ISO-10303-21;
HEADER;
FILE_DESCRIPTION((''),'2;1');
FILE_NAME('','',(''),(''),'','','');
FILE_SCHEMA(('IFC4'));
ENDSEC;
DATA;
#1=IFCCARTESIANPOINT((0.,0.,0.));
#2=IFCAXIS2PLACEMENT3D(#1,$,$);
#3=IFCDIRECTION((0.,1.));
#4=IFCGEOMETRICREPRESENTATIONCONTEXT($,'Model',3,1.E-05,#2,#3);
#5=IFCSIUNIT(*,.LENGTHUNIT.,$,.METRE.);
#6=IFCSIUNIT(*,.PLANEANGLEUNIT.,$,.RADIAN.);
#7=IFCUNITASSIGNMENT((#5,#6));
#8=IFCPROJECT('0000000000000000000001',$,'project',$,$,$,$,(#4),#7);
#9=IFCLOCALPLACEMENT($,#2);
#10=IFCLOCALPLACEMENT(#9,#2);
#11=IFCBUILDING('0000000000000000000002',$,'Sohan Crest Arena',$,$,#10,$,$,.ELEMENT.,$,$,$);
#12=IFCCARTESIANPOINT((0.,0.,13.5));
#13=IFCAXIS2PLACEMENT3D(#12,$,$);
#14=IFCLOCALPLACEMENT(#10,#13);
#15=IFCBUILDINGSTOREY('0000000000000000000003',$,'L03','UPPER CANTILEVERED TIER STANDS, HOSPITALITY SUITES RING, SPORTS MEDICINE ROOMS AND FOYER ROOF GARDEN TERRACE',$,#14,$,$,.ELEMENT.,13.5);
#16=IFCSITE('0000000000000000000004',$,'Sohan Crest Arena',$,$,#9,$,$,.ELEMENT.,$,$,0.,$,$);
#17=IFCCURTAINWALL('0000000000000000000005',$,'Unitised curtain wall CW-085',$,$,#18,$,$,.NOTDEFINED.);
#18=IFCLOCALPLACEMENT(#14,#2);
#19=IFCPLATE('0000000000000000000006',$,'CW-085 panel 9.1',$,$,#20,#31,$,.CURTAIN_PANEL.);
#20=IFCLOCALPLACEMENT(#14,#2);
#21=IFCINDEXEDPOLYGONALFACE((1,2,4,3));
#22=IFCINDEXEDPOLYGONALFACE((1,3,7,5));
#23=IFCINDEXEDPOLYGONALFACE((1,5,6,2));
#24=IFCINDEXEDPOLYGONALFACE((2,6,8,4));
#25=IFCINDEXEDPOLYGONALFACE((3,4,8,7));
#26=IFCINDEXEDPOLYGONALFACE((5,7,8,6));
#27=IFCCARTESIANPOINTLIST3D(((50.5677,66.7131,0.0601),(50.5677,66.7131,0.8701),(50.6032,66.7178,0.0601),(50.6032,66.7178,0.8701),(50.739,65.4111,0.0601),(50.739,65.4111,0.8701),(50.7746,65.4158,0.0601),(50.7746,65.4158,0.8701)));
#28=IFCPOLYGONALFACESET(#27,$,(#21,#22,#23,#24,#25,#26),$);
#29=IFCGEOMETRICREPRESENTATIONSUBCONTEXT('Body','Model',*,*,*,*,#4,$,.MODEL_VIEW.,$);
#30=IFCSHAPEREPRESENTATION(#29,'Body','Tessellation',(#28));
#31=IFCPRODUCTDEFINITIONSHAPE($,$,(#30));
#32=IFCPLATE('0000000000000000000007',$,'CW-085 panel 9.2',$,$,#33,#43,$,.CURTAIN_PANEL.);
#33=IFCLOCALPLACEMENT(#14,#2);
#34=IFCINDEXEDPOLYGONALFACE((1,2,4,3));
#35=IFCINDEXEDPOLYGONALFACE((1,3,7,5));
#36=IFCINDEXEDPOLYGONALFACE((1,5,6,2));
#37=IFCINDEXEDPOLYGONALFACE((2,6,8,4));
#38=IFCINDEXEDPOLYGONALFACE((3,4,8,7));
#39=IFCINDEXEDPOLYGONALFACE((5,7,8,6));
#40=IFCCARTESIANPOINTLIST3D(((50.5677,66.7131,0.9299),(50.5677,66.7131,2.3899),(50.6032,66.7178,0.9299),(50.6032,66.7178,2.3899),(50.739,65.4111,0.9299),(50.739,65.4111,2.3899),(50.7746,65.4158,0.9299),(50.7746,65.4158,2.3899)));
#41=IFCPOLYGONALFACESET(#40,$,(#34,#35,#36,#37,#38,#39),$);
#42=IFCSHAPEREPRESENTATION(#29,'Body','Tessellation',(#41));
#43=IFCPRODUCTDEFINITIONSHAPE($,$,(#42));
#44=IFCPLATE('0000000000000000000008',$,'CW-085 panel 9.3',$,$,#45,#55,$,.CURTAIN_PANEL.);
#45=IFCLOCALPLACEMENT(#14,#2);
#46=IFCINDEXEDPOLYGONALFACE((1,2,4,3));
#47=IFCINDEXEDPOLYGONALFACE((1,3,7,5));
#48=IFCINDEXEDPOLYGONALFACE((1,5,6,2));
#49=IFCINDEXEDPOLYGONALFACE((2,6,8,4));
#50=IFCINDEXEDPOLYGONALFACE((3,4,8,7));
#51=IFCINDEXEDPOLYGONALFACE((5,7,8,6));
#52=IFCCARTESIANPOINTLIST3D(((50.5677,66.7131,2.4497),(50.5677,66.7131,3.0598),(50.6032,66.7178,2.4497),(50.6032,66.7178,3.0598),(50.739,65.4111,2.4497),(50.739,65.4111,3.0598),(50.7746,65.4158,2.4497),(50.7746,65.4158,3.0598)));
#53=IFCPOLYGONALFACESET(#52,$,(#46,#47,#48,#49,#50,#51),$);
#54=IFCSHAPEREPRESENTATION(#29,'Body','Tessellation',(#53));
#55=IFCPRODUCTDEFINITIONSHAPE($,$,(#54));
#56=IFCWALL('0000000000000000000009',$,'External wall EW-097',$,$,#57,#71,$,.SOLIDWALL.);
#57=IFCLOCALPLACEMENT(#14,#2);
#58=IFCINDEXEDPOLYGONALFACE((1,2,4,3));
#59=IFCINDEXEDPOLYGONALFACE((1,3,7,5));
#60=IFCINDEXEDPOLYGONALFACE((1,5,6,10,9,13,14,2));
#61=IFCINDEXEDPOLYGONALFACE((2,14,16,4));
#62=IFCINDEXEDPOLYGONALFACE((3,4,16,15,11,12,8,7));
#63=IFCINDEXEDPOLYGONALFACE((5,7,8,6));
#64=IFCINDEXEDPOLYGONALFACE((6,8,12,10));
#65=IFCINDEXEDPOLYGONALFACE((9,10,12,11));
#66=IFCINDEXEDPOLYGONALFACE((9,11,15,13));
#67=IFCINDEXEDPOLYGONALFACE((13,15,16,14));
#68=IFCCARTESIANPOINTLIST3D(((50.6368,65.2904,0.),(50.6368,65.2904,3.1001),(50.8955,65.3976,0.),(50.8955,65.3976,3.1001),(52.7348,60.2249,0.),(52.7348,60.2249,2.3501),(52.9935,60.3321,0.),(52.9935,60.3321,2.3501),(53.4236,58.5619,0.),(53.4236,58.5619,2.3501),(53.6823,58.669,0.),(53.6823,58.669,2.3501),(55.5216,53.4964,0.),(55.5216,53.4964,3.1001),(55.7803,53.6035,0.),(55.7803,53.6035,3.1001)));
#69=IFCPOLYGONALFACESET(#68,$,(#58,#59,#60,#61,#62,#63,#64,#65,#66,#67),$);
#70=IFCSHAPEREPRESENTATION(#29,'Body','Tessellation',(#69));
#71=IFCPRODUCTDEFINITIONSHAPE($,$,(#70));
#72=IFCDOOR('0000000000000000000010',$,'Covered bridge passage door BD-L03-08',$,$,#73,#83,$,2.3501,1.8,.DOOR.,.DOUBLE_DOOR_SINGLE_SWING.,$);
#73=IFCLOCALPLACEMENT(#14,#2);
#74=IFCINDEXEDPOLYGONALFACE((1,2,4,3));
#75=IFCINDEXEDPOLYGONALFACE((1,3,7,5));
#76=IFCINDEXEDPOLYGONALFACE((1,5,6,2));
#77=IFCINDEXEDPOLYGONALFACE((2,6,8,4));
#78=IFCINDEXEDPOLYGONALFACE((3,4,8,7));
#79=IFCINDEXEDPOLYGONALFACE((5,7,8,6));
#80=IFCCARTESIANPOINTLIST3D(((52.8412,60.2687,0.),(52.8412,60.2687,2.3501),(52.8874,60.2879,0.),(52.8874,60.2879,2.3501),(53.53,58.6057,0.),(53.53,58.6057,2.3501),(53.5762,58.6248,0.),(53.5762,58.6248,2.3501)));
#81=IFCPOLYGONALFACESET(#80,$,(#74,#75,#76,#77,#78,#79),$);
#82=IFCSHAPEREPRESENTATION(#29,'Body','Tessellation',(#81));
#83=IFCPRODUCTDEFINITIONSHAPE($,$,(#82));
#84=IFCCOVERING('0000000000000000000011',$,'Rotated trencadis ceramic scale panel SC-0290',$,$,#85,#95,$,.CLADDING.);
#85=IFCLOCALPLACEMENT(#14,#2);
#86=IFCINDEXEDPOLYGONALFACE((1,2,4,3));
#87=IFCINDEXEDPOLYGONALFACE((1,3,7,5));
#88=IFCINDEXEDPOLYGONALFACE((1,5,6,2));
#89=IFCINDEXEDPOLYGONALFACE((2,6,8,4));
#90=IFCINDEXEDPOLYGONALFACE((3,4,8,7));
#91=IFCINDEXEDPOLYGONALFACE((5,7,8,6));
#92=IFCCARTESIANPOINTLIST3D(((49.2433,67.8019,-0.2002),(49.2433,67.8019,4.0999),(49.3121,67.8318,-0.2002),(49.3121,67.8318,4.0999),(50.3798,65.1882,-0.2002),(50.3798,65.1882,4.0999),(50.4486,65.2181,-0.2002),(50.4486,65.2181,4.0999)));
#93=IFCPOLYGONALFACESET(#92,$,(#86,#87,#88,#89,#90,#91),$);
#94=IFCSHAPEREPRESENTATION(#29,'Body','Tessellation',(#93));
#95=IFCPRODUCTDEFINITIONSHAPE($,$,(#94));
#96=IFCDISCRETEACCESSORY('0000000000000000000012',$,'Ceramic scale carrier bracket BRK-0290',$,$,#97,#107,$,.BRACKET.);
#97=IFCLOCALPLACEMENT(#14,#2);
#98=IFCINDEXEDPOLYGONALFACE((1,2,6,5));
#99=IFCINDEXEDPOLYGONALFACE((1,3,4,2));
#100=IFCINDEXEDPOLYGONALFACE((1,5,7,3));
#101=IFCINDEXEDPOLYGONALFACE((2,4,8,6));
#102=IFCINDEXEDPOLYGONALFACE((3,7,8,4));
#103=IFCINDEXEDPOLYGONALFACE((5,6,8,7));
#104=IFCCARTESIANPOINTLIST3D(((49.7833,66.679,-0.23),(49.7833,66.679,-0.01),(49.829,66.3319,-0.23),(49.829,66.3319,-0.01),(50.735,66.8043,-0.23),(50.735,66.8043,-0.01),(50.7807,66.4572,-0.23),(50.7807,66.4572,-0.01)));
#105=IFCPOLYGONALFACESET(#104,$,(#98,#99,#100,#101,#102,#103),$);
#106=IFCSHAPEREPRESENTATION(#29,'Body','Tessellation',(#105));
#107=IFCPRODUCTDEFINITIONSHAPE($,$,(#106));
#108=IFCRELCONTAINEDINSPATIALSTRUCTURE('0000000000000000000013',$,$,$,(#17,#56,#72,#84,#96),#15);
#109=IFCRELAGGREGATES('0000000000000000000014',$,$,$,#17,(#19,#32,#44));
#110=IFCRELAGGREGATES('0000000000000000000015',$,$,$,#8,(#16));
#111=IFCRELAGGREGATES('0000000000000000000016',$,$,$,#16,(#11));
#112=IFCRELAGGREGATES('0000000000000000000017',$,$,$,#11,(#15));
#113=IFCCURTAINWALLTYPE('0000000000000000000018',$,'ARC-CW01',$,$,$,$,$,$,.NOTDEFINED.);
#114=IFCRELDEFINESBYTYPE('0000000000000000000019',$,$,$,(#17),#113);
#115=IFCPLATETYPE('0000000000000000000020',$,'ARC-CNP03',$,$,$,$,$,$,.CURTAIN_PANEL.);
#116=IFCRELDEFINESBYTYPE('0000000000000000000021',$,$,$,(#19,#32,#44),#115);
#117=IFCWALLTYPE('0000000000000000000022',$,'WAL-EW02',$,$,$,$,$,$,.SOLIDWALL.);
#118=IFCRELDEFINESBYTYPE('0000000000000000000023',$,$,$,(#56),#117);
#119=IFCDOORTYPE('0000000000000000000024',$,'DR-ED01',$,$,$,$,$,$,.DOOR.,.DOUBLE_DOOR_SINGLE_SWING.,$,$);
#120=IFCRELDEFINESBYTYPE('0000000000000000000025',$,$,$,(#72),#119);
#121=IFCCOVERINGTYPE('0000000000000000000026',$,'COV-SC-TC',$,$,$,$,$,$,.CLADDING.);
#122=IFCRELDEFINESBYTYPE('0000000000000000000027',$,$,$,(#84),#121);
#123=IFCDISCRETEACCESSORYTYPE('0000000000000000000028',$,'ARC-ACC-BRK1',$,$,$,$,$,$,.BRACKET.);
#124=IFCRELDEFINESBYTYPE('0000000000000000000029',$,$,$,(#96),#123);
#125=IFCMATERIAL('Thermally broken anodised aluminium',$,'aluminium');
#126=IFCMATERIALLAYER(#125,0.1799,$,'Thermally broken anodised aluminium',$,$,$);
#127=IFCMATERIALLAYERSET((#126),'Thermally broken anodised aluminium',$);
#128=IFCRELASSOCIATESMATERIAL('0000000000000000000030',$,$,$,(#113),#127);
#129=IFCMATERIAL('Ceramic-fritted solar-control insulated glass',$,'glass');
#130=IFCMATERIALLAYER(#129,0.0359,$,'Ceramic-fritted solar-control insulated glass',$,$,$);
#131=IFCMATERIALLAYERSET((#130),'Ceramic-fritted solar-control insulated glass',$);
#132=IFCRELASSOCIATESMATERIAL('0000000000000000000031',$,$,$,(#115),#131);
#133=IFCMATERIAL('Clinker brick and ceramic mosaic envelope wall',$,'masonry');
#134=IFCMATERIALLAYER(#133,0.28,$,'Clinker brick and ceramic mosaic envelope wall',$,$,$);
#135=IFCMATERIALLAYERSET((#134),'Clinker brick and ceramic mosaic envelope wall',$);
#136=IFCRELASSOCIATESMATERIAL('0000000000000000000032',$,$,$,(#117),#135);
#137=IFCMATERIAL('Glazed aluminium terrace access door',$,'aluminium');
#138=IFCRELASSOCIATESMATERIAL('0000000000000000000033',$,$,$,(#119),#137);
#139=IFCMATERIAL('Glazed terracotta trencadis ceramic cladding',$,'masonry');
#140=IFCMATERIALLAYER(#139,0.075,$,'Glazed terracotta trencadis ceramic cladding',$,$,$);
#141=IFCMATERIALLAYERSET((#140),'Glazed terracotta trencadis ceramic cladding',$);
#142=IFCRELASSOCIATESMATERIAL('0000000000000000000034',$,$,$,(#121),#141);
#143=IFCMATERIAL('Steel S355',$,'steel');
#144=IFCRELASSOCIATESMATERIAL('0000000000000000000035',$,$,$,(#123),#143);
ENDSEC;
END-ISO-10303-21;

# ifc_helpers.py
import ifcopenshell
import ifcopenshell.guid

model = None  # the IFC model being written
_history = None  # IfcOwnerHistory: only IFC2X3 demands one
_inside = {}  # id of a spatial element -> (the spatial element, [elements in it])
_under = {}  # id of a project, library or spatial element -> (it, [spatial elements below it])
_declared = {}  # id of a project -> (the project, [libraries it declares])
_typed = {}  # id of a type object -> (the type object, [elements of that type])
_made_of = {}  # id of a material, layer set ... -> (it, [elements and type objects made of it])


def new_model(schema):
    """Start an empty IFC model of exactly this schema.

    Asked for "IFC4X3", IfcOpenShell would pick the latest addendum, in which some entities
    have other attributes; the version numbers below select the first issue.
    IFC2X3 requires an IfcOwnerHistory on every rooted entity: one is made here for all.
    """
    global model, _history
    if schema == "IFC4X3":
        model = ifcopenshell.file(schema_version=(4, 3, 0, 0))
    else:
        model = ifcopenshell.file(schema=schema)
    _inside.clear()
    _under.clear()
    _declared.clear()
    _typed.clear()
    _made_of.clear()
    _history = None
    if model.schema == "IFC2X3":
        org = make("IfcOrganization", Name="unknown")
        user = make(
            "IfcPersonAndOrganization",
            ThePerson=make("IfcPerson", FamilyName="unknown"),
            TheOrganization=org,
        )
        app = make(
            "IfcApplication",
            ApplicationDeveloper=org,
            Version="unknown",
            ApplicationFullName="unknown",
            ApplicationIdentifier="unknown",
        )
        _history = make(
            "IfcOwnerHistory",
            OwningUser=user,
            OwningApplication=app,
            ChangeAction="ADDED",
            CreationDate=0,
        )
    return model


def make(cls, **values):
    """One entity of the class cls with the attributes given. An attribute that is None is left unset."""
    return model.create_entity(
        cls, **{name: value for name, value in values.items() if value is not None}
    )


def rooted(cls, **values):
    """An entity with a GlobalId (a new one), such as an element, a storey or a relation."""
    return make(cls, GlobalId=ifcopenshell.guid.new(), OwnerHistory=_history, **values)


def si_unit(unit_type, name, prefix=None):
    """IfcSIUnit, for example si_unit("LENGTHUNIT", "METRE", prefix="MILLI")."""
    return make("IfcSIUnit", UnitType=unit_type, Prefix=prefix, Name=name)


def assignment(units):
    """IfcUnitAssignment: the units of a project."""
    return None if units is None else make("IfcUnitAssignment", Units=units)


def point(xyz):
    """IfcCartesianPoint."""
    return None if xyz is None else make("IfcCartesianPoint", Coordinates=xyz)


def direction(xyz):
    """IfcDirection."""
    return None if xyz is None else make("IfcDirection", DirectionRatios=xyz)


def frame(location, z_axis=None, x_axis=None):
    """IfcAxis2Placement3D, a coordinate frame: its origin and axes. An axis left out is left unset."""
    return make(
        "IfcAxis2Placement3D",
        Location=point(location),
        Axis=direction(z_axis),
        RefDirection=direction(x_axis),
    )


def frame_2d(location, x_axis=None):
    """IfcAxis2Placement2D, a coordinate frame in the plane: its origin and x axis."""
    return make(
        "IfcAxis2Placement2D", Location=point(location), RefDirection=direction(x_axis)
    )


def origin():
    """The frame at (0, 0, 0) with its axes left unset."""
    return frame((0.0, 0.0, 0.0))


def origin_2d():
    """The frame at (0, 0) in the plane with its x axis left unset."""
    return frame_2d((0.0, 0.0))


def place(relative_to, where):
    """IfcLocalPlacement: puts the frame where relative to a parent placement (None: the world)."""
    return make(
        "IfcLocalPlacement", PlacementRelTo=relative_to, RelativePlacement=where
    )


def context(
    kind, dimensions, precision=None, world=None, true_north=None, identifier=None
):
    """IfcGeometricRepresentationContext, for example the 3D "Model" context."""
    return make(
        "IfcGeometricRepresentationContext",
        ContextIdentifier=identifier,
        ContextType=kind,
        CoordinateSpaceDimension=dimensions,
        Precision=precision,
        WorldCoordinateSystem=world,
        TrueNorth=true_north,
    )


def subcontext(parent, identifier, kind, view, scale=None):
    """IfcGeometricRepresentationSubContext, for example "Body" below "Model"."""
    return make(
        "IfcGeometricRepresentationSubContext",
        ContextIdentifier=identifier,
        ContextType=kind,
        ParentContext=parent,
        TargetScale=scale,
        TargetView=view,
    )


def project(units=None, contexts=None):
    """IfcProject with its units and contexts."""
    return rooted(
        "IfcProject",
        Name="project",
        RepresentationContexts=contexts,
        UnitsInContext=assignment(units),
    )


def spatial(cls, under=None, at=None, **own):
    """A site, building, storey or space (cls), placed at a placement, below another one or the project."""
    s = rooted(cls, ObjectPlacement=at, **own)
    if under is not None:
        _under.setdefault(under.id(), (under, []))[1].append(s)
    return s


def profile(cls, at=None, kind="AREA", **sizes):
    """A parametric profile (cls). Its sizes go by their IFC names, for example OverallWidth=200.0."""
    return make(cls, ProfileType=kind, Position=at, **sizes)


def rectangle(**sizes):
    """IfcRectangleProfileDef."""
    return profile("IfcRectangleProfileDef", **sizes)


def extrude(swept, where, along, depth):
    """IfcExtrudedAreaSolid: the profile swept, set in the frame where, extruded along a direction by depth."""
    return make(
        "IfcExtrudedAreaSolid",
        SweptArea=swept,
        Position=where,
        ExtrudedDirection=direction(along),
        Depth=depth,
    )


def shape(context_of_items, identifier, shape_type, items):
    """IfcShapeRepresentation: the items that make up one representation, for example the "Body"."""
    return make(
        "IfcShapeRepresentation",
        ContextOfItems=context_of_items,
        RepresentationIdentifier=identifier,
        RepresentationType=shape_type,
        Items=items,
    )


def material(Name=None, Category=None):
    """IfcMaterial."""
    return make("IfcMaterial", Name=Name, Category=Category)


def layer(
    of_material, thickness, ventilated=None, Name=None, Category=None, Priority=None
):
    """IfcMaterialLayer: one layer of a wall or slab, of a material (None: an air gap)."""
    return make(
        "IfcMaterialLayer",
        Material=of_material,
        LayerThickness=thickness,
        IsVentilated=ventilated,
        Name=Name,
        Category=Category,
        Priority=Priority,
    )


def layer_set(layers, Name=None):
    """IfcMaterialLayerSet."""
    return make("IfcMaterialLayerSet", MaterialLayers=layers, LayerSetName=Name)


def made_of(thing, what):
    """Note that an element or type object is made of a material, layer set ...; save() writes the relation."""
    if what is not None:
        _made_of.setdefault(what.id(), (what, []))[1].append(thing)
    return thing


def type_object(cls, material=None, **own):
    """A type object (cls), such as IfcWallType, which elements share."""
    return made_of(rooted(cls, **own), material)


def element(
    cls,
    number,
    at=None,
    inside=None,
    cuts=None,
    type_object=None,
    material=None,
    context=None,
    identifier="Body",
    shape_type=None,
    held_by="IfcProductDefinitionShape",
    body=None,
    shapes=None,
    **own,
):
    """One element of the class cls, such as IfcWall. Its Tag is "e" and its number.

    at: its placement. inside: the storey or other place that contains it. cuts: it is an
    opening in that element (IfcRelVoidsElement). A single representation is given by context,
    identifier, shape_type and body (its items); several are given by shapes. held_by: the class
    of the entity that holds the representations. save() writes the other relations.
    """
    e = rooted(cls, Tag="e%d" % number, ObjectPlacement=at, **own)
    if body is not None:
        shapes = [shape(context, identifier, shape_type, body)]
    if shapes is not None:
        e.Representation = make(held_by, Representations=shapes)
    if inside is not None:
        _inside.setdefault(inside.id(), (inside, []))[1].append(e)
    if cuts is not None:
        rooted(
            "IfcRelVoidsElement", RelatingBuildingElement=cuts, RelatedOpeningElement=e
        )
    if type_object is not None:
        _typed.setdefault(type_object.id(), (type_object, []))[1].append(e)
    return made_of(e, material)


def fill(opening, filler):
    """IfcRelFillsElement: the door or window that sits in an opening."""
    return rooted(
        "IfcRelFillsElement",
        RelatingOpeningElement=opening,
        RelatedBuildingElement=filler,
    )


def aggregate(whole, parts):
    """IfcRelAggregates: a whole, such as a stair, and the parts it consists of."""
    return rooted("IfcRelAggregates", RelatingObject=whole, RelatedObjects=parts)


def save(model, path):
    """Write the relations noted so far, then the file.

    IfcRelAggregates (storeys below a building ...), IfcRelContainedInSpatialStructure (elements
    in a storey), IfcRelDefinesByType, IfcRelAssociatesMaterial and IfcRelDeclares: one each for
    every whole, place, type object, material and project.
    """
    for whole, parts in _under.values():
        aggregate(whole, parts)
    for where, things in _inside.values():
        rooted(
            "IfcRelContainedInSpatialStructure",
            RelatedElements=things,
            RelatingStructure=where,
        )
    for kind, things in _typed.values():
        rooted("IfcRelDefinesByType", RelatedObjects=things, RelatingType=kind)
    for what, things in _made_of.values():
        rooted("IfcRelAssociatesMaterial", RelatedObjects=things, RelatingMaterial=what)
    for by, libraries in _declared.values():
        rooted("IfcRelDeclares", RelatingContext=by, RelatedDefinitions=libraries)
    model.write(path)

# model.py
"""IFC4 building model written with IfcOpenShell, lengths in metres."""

from ifc_helpers import new_model, si_unit, direction, frame, frame_2d, origin, origin_2d, place, context, subcontext, project, spatial, rectangle, extrude, material, layer, layer_set, type_object, element, fill, aggregate, save


model = new_model("IFC4")

# Units and contexts
model_context = context("Model", 3, precision=1e-05, world=origin(), true_north=direction((0.0, 1.0)))
body_context = subcontext(model_context, "Body", "Model", "MODEL_VIEW")
ifc_project = project(units=[si_unit("LENGTHUNIT", "METRE"), si_unit("PLANEANGLEUNIT", "RADIAN")], contexts=[model_context])

# Site, building, storey
site_placement = place(None, origin())
site = spatial("IfcSite", under=ifc_project, at=site_placement, Name="Sohan Crest Arena", CompositionType="ELEMENT", RefElevation=0.0)
building_placement = place(site_placement, origin())
building = spatial("IfcBuilding", under=site, at=building_placement, Name="Sohan Crest Arena", CompositionType="ELEMENT")
storey_placement = place(building_placement, frame((0.0, 0.0, 13.5)))
storey = spatial("IfcBuildingStorey", under=building, at=storey_placement, Name="L03", Description="UPPER CANTILEVERED TIER STANDS, HOSPITALITY SUITES RING, SPORTS MEDICINE ROOMS AND FOYER ROOF GARDEN TERRACE", CompositionType="ELEMENT", Elevation=13.5)

# Shared definitions
ifc_material_1 = material(Name="Steel S355", Category="steel")

# Shared definitions
ifc_material_2 = material(Name="Thermally broken anodised aluminium", Category="aluminium")

# Curtain wall
ifc_layer_1 = layer(ifc_material_2, 0.1799, Name="Thermally broken anodised aluminium")
ifc_layer_set_1 = layer_set([ifc_layer_1], Name="Thermally broken anodised aluminium")
curtain_wall_type_1 = type_object("IfcCurtainWallType", Name="ARC-CW01", PredefinedType="NOTDEFINED", material=ifc_layer_set_1)
curtain_wall_1_placement = place(storey_placement, origin())
curtain_wall_1 = element("IfcCurtainWall", 1, at=curtain_wall_1_placement, inside=storey, type_object=curtain_wall_type_1, Name="Unitised curtain wall CW-085", PredefinedType="NOTDEFINED")

# Plates
ifc_material_3 = material(Name="Ceramic-fritted solar-control insulated glass", Category="glass")
ifc_layer_2 = layer(ifc_material_3, 0.0359, Name="Ceramic-fritted solar-control insulated glass")
ifc_layer_set_2 = layer_set([ifc_layer_2], Name="Ceramic-fritted solar-control insulated glass")
plate_type_1 = type_object("IfcPlateType", Name="ARC-CNP03", PredefinedType="CURTAIN_PANEL", material=ifc_layer_set_2)
plate_1_placement = place(storey_placement, frame((50.6711, 66.0645, 0.0601), z_axis=(0.0, 0.0, 1.0), x_axis=(0.130511, -0.991447, 0.0)))
plate_1 = element("IfcPlate", 2, at=plate_1_placement, type_object=plate_type_1, Name="CW-085 panel 9.1", PredefinedType="CURTAIN_PANEL", context=body_context, shape_type="SweptSolid", body=[
    extrude(rectangle(XDim=1.3132, YDim=0.0359, at=origin_2d()), origin(), (0.0, 0.0, 1.0), 0.8101),
])
plate_2_placement = place(storey_placement, frame((50.6711, 66.0645, 0.9299), z_axis=(0.0, 0.0, 1.0), x_axis=(0.130511, -0.991447, 0.0)))
plate_2 = element("IfcPlate", 3, at=plate_2_placement, type_object=plate_type_1, Name="CW-085 panel 9.2", PredefinedType="CURTAIN_PANEL", context=body_context, shape_type="SweptSolid", body=[
    extrude(rectangle(XDim=1.3132, YDim=0.0359, at=origin_2d()), origin(), (0.0, 0.0, 1.0), 1.46),
])
plate_3_placement = place(storey_placement, frame((50.6711, 66.0645, 2.4497), z_axis=(0.0, 0.0, 1.0), x_axis=(0.130511, -0.991447, 0.0)))
plate_3 = element("IfcPlate", 4, at=plate_3_placement, type_object=plate_type_1, Name="CW-085 panel 9.3", PredefinedType="CURTAIN_PANEL", context=body_context, shape_type="SweptSolid", body=[
    extrude(rectangle(XDim=1.3132, YDim=0.0359, at=origin_2d()), origin(), (0.0, 0.0, 1.0), 0.6101),
])
aggregate(curtain_wall_1, [plate_1, plate_2, plate_3])

# Wall, opening, door
ifc_material_4 = material(Name="Clinker brick and ceramic mosaic envelope wall", Category="masonry")
ifc_layer_3 = layer(ifc_material_4, 0.28, Name="Clinker brick and ceramic mosaic envelope wall")
ifc_layer_set_3 = layer_set([ifc_layer_3], Name="Clinker brick and ceramic mosaic envelope wall")
wall_type = type_object("IfcWallType", Name="WAL-EW02", PredefinedType="SOLIDWALL", material=ifc_layer_set_3)
wall_placement = place(storey_placement, frame((50.7661, 65.344, 0.0), z_axis=(0.0, 0.0, 1.0), x_axis=(0.382654, -0.923892, 0.0)))
wall = element("IfcWall", 5, at=wall_placement, inside=storey, type_object=wall_type, Name="External wall EW-097", PredefinedType="SOLIDWALL", context=body_context, shape_type="SweptSolid", body=[
    extrude(rectangle(XDim=12.7656, YDim=0.28, at=frame_2d((6.3828, 0.0))), origin(), (0.0, 0.0, 1.0), 3.1001),
])
opening_placement = place(wall_placement, frame((5.4829, 0.0, 0.0)))
opening = element("IfcOpeningElement", 6, at=opening_placement, cuts=wall, PredefinedType="OPENING", context=body_context, shape_type="SweptSolid", body=[
    extrude(rectangle(XDim=1.8, YDim=2.3501, at=frame_2d((0.8999, 1.175))), frame((0.0, 0.1499, 0.0), z_axis=(0.0, -1.0, 0.0), x_axis=(1.0, 0.0, 0.0)), (0.0, 0.0, 1.0), 0.3),
])
ifc_material_5 = material(Name="Glazed aluminium terrace access door", Category="aluminium")
door_type = type_object("IfcDoorType", Name="DR-ED01", OperationType="DOUBLE_DOOR_SINGLE_SWING", PredefinedType="DOOR", material=ifc_material_5)
door_placement = place(opening_placement, frame((1.8, 0.0, 0.0), z_axis=(0.0, 0.0, 1.0), x_axis=(-1.0, 0.0, 0.0)))
door = element("IfcDoor", 7, at=door_placement, inside=storey, type_object=door_type, Name="Covered bridge passage door BD-L03-08", OperationType="DOUBLE_DOOR_SINGLE_SWING", OverallHeight=2.3501, OverallWidth=1.8, PredefinedType="DOOR", context=body_context, shape_type="SweptSolid", body=[
    extrude(rectangle(XDim=1.8, YDim=2.3501, at=frame_2d((0.8999, 1.175))), frame((0.0, 0.0249, 0.0), z_axis=(0.0, -1.0, 0.0), x_axis=(1.0, 0.0, 0.0)), (0.0, 0.0, 1.0), 0.05),
])
fill(opening, door)

# Covering
ifc_material_6 = material(Name="Glazed terracotta trencadis ceramic cladding", Category="masonry")
ifc_layer_4 = layer(ifc_material_6, 0.075, Name="Glazed terracotta trencadis ceramic cladding")
ifc_layer_set_4 = layer_set([ifc_layer_4], Name="Glazed terracotta trencadis ceramic cladding")
covering_type = type_object("IfcCoveringType", Name="COV-SC-TC", PredefinedType="CLADDING", material=ifc_layer_set_4)
covering_placement = place(storey_placement, frame((49.8459, 66.51, -0.2002), z_axis=(0.0, 0.0, 1.0), x_axis=(0.398749, -0.91706, 0.0)))
element("IfcCovering", 8, at=covering_placement, inside=storey, type_object=covering_type, Name="Rotated trencadis ceramic scale panel SC-0290", PredefinedType="CLADDING", context=body_context, shape_type="SweptSolid", body=[
    extrude(rectangle(XDim=2.8501, YDim=0.075, at=origin_2d()), origin(), (0.0, 0.0, 1.0), 4.3),
])

# Discrete accessory
discrete_accessory_type = type_object("IfcDiscreteAccessoryType", Name="ARC-ACC-BRK1", PredefinedType="BRACKET", material=ifc_material_1)
discrete_accessory_placement = place(storey_placement, frame((50.282, 66.5681, -0.23), z_axis=(0.0, 0.0, 1.0), x_axis=(0.130526, -0.991445, 0.0)))
element("IfcDiscreteAccessory", 9, at=discrete_accessory_placement, inside=storey, type_object=discrete_accessory_type, Name="Ceramic scale carrier bracket BRK-0290", PredefinedType="BRACKET", context=body_context, shape_type="SweptSolid", body=[
    extrude(rectangle(XDim=0.3501, YDim=0.96, at=origin_2d()), origin(), (0.0, 0.0, 1.0), 0.22),
])

save(model, "model.ifc")
